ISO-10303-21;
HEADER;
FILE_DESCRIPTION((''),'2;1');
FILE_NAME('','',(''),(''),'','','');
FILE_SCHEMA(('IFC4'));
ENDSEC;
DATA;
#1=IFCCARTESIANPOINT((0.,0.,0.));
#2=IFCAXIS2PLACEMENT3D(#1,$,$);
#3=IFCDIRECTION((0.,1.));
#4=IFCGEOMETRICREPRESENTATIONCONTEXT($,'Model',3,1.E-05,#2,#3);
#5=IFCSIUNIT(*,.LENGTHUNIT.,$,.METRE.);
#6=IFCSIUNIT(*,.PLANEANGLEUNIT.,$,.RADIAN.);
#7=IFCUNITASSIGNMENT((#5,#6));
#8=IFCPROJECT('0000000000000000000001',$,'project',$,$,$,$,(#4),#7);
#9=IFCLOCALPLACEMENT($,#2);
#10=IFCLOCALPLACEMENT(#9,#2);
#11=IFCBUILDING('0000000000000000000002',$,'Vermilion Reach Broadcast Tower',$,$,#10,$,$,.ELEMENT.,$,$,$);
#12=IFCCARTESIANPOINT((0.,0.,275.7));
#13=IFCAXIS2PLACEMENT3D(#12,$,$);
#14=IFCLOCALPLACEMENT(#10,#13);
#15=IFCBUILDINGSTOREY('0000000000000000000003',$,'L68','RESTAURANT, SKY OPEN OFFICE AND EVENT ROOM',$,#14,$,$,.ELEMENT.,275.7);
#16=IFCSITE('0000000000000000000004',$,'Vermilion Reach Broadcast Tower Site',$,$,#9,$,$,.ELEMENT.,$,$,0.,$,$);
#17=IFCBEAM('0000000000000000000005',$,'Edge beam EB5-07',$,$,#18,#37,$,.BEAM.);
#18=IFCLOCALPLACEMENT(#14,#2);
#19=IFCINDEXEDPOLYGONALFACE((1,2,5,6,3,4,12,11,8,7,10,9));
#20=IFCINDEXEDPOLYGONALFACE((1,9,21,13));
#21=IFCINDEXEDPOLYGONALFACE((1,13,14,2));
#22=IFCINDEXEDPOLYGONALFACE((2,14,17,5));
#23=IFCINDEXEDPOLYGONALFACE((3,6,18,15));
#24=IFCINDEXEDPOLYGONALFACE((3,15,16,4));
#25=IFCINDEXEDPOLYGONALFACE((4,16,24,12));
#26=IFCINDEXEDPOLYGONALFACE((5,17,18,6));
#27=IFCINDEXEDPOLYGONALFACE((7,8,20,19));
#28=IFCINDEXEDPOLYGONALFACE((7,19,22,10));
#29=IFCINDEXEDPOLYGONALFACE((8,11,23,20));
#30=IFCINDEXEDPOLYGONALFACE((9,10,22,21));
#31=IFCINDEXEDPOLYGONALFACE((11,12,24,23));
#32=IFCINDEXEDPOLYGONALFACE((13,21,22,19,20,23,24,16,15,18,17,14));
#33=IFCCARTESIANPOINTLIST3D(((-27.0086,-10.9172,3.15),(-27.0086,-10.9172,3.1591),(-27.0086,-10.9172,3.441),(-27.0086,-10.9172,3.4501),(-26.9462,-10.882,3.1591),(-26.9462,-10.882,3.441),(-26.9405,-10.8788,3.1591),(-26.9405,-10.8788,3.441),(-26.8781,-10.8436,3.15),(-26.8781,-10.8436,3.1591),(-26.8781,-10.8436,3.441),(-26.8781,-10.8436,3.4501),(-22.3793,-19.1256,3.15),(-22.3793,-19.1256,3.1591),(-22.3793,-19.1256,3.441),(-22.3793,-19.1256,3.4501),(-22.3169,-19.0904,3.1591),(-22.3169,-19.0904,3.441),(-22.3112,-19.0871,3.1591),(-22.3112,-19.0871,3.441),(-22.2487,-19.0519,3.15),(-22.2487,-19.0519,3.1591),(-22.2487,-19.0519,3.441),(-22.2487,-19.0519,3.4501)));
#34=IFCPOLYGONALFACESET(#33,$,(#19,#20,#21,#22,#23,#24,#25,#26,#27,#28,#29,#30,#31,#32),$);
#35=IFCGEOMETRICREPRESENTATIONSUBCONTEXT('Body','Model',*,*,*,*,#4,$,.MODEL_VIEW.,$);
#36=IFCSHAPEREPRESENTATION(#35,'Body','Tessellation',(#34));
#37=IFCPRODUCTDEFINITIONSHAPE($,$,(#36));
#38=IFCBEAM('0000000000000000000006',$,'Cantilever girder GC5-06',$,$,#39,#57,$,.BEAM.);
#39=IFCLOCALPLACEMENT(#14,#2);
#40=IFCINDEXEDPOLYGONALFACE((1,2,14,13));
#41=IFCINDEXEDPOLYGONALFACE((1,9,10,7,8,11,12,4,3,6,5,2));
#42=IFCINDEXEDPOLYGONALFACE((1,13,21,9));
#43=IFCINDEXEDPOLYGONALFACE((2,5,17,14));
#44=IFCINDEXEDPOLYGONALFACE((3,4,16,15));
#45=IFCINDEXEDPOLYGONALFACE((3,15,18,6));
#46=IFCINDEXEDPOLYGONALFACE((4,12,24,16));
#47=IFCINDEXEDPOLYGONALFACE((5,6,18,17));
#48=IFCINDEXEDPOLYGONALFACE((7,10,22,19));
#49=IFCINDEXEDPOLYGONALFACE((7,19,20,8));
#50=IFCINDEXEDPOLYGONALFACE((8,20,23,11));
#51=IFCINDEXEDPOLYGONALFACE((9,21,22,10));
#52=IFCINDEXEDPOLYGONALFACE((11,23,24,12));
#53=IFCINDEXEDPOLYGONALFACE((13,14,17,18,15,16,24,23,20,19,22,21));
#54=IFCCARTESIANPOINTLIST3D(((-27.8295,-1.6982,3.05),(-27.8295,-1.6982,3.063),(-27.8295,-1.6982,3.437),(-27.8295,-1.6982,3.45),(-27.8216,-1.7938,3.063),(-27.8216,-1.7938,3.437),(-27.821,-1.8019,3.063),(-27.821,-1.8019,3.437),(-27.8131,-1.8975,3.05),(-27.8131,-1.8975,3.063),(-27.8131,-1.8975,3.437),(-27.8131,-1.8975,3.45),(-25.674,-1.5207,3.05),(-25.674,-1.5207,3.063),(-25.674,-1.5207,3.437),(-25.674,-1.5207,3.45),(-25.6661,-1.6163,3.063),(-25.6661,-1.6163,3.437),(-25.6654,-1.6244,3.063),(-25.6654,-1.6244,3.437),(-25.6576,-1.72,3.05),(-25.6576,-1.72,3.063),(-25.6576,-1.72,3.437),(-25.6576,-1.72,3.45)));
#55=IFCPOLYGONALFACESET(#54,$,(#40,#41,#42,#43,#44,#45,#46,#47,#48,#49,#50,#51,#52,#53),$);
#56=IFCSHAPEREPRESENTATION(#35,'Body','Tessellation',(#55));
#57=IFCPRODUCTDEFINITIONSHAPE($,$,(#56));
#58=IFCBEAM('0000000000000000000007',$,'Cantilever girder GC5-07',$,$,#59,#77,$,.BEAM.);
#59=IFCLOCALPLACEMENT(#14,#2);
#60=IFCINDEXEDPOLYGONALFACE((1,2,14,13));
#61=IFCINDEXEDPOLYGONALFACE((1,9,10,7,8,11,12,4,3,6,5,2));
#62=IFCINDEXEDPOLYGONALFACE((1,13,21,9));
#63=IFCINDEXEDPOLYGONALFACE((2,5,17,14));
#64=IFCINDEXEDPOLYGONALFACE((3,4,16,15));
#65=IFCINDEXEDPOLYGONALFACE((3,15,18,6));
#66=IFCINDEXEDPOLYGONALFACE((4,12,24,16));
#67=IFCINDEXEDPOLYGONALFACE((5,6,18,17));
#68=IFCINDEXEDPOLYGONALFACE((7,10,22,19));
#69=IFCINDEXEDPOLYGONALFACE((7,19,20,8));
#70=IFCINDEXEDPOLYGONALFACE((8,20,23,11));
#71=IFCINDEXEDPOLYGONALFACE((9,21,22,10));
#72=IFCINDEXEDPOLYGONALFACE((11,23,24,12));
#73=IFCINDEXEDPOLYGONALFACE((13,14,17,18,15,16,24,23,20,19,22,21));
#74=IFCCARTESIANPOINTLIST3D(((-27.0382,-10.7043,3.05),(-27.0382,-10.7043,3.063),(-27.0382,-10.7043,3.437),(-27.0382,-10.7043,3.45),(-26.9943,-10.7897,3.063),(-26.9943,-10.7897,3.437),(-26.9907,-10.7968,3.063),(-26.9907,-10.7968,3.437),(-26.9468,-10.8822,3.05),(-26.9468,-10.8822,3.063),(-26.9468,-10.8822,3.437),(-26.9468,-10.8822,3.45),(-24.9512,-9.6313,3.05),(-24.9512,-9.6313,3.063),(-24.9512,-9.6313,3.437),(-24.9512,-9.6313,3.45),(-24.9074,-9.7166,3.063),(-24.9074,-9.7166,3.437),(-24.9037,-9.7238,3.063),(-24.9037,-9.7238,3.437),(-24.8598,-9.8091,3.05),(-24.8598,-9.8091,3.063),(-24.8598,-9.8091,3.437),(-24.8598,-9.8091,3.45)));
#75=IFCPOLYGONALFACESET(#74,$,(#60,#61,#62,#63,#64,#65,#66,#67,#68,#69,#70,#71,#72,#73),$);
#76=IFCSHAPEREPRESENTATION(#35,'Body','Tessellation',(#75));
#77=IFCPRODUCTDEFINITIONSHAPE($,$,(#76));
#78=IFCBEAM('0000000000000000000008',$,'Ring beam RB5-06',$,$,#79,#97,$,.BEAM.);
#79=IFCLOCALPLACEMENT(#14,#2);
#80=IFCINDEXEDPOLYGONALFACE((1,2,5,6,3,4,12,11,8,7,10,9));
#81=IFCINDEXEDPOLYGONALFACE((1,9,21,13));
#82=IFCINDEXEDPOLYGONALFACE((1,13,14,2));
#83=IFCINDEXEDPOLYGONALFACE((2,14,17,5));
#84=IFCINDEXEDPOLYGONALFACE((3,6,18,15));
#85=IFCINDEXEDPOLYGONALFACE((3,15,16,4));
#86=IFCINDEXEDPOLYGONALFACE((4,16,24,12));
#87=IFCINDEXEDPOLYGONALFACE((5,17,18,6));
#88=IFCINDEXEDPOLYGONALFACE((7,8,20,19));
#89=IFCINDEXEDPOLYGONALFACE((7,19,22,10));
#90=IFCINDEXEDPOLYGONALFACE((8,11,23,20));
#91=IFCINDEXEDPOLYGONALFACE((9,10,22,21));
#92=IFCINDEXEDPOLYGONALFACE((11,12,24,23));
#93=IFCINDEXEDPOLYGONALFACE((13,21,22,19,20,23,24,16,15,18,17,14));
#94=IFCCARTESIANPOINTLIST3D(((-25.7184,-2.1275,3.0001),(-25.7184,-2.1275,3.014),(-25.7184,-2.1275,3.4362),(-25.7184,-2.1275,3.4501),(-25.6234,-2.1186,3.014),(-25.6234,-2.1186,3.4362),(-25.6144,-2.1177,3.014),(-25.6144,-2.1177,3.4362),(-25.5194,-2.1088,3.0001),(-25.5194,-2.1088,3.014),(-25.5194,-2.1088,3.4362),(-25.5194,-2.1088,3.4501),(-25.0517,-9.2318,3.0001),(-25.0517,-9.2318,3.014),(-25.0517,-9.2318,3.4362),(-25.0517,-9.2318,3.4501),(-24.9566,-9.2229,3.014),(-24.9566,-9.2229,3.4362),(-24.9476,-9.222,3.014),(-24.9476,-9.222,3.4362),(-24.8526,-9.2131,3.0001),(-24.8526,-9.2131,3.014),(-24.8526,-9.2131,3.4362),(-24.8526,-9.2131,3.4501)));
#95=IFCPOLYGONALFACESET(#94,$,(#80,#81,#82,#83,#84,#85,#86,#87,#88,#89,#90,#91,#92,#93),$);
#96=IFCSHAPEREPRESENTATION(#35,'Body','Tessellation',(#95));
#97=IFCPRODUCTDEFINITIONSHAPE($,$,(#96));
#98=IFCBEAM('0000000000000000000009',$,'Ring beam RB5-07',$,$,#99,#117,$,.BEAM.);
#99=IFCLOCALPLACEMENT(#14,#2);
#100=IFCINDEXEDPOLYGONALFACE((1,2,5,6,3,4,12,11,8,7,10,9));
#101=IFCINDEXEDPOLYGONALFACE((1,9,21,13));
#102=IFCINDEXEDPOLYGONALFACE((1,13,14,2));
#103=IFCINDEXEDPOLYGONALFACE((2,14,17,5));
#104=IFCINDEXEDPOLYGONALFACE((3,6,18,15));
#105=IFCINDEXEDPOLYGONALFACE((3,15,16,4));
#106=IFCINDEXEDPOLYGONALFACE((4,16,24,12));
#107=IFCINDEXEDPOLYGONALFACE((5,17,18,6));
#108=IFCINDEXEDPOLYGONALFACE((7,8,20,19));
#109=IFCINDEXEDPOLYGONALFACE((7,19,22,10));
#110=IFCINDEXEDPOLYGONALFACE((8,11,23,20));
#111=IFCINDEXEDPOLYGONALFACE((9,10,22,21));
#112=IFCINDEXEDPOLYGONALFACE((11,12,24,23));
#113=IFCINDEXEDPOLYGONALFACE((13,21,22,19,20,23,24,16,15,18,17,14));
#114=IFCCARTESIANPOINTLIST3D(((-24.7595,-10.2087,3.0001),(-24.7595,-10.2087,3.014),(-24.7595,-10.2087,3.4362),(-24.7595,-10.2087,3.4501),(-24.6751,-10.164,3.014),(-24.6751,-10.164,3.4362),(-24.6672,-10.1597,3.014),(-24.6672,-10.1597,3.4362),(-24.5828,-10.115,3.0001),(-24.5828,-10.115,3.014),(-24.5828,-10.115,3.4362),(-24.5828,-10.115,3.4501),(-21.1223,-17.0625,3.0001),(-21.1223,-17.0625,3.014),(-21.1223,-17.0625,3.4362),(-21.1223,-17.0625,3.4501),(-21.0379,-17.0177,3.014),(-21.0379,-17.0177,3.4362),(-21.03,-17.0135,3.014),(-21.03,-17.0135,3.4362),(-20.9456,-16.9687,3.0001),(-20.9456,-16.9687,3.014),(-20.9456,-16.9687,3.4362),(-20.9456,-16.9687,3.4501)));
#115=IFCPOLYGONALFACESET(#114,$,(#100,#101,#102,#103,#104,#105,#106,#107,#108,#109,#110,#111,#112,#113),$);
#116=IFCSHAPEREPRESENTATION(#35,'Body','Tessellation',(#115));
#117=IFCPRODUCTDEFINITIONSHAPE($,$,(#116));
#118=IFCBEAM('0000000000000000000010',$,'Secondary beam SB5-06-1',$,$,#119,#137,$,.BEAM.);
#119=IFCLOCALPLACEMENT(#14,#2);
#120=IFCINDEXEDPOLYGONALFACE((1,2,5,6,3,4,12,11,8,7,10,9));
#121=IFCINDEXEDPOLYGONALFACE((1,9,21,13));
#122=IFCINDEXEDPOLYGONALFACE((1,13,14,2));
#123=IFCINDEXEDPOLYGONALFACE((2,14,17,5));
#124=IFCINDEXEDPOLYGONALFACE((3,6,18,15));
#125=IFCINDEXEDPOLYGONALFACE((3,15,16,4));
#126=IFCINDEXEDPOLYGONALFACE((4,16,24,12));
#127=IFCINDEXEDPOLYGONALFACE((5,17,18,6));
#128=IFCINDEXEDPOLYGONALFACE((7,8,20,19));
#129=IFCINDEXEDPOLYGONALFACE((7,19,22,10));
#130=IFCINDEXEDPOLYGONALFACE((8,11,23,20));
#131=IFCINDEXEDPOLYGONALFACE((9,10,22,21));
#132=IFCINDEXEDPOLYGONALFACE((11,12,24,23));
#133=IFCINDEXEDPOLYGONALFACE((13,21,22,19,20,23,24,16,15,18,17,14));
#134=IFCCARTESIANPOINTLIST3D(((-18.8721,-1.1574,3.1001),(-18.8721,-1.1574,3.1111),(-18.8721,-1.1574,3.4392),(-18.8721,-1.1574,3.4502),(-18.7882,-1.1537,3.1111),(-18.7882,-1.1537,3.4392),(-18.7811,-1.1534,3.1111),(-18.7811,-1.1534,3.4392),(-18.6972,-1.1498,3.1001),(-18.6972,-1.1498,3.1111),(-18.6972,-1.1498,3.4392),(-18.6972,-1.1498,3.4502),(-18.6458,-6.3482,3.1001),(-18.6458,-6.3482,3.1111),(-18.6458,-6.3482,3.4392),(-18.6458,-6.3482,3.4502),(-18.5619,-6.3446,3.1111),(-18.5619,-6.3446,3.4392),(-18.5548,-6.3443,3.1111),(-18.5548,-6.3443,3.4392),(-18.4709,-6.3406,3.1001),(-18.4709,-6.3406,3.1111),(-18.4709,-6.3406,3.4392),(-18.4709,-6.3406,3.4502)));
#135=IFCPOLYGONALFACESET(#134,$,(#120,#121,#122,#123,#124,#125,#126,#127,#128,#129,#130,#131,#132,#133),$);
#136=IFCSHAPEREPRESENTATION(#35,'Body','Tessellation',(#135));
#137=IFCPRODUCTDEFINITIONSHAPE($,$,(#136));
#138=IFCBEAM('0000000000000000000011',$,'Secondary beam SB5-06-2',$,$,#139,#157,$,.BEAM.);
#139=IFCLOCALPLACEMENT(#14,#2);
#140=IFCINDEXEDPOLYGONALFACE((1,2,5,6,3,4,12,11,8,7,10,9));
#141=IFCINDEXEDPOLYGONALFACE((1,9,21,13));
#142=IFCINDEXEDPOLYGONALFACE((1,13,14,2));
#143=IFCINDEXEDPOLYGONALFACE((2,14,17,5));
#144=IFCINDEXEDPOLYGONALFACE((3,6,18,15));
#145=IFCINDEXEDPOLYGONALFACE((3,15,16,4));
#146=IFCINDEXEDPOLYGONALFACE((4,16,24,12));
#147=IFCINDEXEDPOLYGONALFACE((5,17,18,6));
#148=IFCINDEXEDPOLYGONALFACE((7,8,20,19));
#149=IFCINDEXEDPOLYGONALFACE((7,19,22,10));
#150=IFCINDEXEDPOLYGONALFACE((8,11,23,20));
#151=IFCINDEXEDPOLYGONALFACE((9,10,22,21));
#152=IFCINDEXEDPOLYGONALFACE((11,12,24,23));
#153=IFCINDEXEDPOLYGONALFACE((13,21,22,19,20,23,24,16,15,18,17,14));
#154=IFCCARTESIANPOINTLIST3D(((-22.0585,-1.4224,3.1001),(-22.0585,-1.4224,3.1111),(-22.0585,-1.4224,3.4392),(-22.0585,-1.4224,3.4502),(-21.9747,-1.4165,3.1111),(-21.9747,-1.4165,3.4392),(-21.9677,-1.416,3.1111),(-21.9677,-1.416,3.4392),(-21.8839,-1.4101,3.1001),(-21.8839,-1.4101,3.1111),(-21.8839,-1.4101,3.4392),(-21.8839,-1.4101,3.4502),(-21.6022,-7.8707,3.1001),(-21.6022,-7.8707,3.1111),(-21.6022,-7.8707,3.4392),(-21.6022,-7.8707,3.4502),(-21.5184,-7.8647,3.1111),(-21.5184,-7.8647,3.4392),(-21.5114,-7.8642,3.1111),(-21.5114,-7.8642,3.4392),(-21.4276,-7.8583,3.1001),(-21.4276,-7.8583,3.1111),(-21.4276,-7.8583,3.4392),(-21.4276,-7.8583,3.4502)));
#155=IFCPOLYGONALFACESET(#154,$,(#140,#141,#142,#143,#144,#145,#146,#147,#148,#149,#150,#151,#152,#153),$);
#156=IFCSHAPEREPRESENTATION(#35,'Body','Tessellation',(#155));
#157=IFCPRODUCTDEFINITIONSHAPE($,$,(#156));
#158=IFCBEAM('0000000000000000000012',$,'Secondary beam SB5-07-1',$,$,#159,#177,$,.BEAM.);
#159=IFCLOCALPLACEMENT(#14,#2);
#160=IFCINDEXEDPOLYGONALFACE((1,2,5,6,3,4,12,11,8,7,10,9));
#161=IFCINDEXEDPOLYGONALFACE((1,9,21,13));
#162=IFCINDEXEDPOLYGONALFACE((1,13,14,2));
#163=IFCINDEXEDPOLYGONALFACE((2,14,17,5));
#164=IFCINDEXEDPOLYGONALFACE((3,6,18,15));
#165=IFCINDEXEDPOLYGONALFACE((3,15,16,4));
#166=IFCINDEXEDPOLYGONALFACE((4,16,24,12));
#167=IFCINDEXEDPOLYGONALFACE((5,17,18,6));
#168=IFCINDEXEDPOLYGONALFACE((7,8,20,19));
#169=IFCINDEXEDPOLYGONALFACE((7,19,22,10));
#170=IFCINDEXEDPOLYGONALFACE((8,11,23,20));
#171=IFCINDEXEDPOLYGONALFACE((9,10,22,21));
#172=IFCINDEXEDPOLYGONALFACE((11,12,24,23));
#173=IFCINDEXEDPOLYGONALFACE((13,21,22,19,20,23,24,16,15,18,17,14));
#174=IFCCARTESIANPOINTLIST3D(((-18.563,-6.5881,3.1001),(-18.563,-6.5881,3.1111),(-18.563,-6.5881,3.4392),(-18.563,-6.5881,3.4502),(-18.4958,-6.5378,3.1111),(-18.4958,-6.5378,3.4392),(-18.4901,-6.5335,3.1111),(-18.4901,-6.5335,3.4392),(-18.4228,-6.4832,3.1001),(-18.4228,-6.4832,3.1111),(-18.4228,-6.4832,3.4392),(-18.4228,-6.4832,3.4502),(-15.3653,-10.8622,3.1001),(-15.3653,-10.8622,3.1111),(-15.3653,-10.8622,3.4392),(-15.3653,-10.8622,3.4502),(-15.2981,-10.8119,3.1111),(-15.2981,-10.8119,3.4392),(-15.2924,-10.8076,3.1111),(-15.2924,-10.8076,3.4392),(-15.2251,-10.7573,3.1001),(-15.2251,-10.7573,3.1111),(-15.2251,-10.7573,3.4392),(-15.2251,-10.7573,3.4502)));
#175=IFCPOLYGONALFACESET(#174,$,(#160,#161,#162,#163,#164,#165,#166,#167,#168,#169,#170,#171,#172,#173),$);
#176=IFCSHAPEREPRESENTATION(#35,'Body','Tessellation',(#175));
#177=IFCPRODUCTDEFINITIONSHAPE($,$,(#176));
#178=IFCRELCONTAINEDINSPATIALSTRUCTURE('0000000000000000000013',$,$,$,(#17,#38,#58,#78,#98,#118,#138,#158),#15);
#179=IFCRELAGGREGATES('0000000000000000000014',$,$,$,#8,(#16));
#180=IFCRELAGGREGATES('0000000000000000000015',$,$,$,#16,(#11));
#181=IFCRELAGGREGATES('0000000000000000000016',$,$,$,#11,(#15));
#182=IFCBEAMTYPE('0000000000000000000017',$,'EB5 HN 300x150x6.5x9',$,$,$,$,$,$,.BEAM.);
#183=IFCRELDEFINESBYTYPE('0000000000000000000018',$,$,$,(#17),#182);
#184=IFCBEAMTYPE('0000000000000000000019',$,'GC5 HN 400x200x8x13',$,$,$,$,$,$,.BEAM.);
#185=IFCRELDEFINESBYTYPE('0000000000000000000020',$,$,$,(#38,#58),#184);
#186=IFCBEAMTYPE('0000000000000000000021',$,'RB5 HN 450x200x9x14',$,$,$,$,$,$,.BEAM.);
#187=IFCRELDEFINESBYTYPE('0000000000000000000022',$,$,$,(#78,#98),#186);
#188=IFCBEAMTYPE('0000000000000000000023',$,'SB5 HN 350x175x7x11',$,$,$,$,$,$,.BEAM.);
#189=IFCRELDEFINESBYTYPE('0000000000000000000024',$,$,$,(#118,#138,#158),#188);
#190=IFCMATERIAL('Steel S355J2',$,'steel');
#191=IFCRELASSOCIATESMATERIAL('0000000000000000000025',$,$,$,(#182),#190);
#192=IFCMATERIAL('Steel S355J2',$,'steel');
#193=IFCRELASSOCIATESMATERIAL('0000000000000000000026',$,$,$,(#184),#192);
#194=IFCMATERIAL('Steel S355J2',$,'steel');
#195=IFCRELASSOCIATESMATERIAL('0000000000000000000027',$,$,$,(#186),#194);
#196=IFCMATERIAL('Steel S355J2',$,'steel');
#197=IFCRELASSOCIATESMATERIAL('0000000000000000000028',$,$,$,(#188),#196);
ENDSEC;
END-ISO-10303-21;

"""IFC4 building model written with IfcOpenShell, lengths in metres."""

from ifc_helpers import new_model, si_unit, direction, frame, origin, origin_2d, place, context, subcontext, project, spatial, i_section, extrude, material, material_profile, profile_set, type_object, element, save


model = new_model("IFC4")

# Units and contexts
model_context = context("Model", 3, precision=1e-05, world=origin(), true_north=direction((0.0, 1.0)))
body_context = subcontext(model_context, "Body", "Model", "MODEL_VIEW")
ifc_project = project(units=[si_unit("LENGTHUNIT", "METRE"), si_unit("PLANEANGLEUNIT", "RADIAN")], contexts=[model_context])

# Site, building, storey
site_placement = place(None, origin())
site = spatial("IfcSite", under=ifc_project, at=site_placement, Name="Vermilion Reach Broadcast Tower Site", CompositionType="ELEMENT", RefElevation=0.0)
building_placement = place(site_placement, origin())
building = spatial("IfcBuilding", under=site, at=building_placement, Name="Vermilion Reach Broadcast Tower", CompositionType="ELEMENT")
storey_placement = place(building_placement, frame((0.0, 0.0, 275.7)))
storey = spatial("IfcBuildingStorey", under=building, at=storey_placement, Name="L68", Description="RESTAURANT, SKY OPEN OFFICE AND EVENT ROOM", CompositionType="ELEMENT", Elevation=275.7)

# Beams
ifc_material_1 = material(Name="Steel S355J2", Category="steel")
ifc_material_profile_1 = material_profile(ifc_material_1, i_section(OverallWidth=0.1499, OverallDepth=0.3, WebThickness=0.0066, FlangeThickness=0.009, at=origin_2d()), Name="S355J2 HN 300x150x6.5x9")
ifc_profile_set_1 = profile_set([ifc_material_profile_1], Name="Steel S355J2")
beam_type_1 = type_object("IfcBeamType", Name="EB5 HN 300x150x6.5x9", PredefinedType="BEAM", material=ifc_profile_set_1)
beam_1_placement = place(storey_placement, frame((-26.9434, -10.8804, 3.3), z_axis=(0.491238, -0.871026, 0.0), x_axis=(0.871026, 0.491238, 0.0)))
element("IfcBeam", 1, at=beam_1_placement, inside=storey, type_object=beam_type_1, Name="Edge beam EB5-07", PredefinedType="BEAM", context=body_context, shape_type="SweptSolid", body=[
    extrude(i_section(OverallWidth=0.1499, OverallDepth=0.3, WebThickness=0.0066, FlangeThickness=0.009, at=origin_2d()), origin(), (0.0, 0.0, 1.0), 9.4238),
])
ifc_material_2 = material(Name="Steel S355J2", Category="steel")
ifc_material_profile_2 = material_profile(ifc_material_2, i_section(OverallWidth=0.2, OverallDepth=0.3999, WebThickness=0.0081, FlangeThickness=0.0129, at=origin_2d()), Name="S355J2 HN 400x200x8x13")
ifc_profile_set_2 = profile_set([ifc_material_profile_2], Name="Steel S355J2")
beam_type_2 = type_object("IfcBeamType", Name="GC5 HN 400x200x8x13", PredefinedType="BEAM", material=ifc_profile_set_2)
beam_2_placement = place(storey_placement, frame((-25.6658, -1.6204, 3.25), z_axis=(-0.996627, -0.082065, 0.0), x_axis=(0.082065, -0.996627, 0.0)))
element("IfcBeam", 2, at=beam_2_placement, inside=storey, type_object=beam_type_2, Name="Cantilever girder GC5-06", PredefinedType="BEAM", context=body_context, shape_type="SweptSolid", body=[
    extrude(i_section(OverallWidth=0.2, OverallDepth=0.3999, WebThickness=0.0081, FlangeThickness=0.0129, at=origin_2d()), origin(), (0.0, 0.0, 1.0), 2.1628),
])
beam_3_placement = place(storey_placement, frame((-24.9055, -9.7202, 3.25), z_axis=(-0.889335, -0.457256, 0.0), x_axis=(0.457256, -0.889335, 0.0)))
element("IfcBeam", 3, at=beam_3_placement, inside=storey, type_object=beam_type_2, Name="Cantilever girder GC5-07", PredefinedType="BEAM", context=body_context, shape_type="SweptSolid", body=[
    extrude(i_section(OverallWidth=0.2, OverallDepth=0.3999, WebThickness=0.0081, FlangeThickness=0.0129, at=origin_2d()), origin(), (0.0, 0.0, 1.0), 2.3467),
])
ifc_material_3 = material(Name="Steel S355J2", Category="steel")
ifc_material_profile_3 = material_profile(ifc_material_3, i_section(OverallWidth=0.2, OverallDepth=0.45, WebThickness=0.009, FlangeThickness=0.0139, at=origin_2d()), Name="S355J2 HN 450x200x9x14")
ifc_profile_set_3 = profile_set([ifc_material_profile_3], Name="Steel S355J2")
beam_type_3 = type_object("IfcBeamType", Name="RB5 HN 450x200x9x14", PredefinedType="BEAM", material=ifc_profile_set_3)
beam_4_placement = place(storey_placement, frame((-25.6189, -2.1182, 3.2251), z_axis=(0.093441, -0.995625, 0.0), x_axis=(0.995625, 0.093441, 0.0)))
element("IfcBeam", 4, at=beam_4_placement, inside=storey, type_object=beam_type_3, Name="Ring beam RB5-06", PredefinedType="BEAM", context=body_context, shape_type="SweptSolid", body=[
    extrude(i_section(OverallWidth=0.2, OverallDepth=0.45, WebThickness=0.009, FlangeThickness=0.0139, at=origin_2d()), origin(), (0.0, 0.0, 1.0), 7.1355),
])
beam_5_placement = place(storey_placement, frame((-24.6711, -10.1619, 3.2251), z_axis=(0.468768, -0.883321, 0.0), x_axis=(0.883321, 0.468768, 0.0)))
element("IfcBeam", 5, at=beam_5_placement, inside=storey, type_object=beam_type_3, Name="Ring beam RB5-07", PredefinedType="BEAM", context=body_context, shape_type="SweptSolid", body=[
    extrude(i_section(OverallWidth=0.2, OverallDepth=0.45, WebThickness=0.009, FlangeThickness=0.0139, at=origin_2d()), origin(), (0.0, 0.0, 1.0), 7.759),
])
ifc_material_4 = material(Name="Steel S355J2", Category="steel")
ifc_material_profile_4 = material_profile(ifc_material_4, i_section(OverallWidth=0.175, OverallDepth=0.3501, WebThickness=0.0071, FlangeThickness=0.011, at=origin_2d()), Name="S355J2 HN 350x175x7x11")
ifc_profile_set_4 = profile_set([ifc_material_profile_4], Name="Steel S355J2")
beam_type_4 = type_object("IfcBeamType", Name="SB5 HN 350x175x7x11", PredefinedType="BEAM", material=ifc_profile_set_4)
beam_6_placement = place(storey_placement, frame((-18.7847, -1.1536, 3.2751), z_axis=(0.043558, -0.999051, 0.0), x_axis=(0.999051, 0.043558, 0.0)))
element("IfcBeam", 6, at=beam_6_placement, inside=storey, type_object=beam_type_4, Name="Secondary beam SB5-06-1", PredefinedType="BEAM", context=body_context, shape_type="SweptSolid", body=[
    extrude(i_section(OverallWidth=0.175, OverallDepth=0.3501, WebThickness=0.0071, FlangeThickness=0.011, at=origin_2d()), origin(), (0.0, 0.0, 1.0), 5.1958),
])
beam_7_placement = place(storey_placement, frame((-21.9712, -1.4163, 3.2751), z_axis=(0.070587, -0.997506, 0.0), x_axis=(0.997506, 0.070587, 0.0)))
element("IfcBeam", 7, at=beam_7_placement, inside=storey, type_object=beam_type_4, Name="Secondary beam SB5-06-2", PredefinedType="BEAM", context=body_context, shape_type="SweptSolid", body=[
    extrude(i_section(OverallWidth=0.175, OverallDepth=0.3501, WebThickness=0.0071, FlangeThickness=0.011, at=origin_2d()), origin(), (0.0, 0.0, 1.0), 6.4644),
])
beam_8_placement = place(storey_placement, frame((-18.4929, -6.5356, 3.2751), z_axis=(0.599056, -0.800707, 0.0), x_axis=(0.800707, 0.599056, 0.0)))
element("IfcBeam", 8, at=beam_8_placement, inside=storey, type_object=beam_type_4, Name="Secondary beam SB5-07-1", PredefinedType="BEAM", context=body_context, shape_type="SweptSolid", body=[
    extrude(i_section(OverallWidth=0.175, OverallDepth=0.3501, WebThickness=0.0071, FlangeThickness=0.011, at=origin_2d()), origin(), (0.0, 0.0, 1.0), 5.3379),
])

save(model, "model.ifc")
